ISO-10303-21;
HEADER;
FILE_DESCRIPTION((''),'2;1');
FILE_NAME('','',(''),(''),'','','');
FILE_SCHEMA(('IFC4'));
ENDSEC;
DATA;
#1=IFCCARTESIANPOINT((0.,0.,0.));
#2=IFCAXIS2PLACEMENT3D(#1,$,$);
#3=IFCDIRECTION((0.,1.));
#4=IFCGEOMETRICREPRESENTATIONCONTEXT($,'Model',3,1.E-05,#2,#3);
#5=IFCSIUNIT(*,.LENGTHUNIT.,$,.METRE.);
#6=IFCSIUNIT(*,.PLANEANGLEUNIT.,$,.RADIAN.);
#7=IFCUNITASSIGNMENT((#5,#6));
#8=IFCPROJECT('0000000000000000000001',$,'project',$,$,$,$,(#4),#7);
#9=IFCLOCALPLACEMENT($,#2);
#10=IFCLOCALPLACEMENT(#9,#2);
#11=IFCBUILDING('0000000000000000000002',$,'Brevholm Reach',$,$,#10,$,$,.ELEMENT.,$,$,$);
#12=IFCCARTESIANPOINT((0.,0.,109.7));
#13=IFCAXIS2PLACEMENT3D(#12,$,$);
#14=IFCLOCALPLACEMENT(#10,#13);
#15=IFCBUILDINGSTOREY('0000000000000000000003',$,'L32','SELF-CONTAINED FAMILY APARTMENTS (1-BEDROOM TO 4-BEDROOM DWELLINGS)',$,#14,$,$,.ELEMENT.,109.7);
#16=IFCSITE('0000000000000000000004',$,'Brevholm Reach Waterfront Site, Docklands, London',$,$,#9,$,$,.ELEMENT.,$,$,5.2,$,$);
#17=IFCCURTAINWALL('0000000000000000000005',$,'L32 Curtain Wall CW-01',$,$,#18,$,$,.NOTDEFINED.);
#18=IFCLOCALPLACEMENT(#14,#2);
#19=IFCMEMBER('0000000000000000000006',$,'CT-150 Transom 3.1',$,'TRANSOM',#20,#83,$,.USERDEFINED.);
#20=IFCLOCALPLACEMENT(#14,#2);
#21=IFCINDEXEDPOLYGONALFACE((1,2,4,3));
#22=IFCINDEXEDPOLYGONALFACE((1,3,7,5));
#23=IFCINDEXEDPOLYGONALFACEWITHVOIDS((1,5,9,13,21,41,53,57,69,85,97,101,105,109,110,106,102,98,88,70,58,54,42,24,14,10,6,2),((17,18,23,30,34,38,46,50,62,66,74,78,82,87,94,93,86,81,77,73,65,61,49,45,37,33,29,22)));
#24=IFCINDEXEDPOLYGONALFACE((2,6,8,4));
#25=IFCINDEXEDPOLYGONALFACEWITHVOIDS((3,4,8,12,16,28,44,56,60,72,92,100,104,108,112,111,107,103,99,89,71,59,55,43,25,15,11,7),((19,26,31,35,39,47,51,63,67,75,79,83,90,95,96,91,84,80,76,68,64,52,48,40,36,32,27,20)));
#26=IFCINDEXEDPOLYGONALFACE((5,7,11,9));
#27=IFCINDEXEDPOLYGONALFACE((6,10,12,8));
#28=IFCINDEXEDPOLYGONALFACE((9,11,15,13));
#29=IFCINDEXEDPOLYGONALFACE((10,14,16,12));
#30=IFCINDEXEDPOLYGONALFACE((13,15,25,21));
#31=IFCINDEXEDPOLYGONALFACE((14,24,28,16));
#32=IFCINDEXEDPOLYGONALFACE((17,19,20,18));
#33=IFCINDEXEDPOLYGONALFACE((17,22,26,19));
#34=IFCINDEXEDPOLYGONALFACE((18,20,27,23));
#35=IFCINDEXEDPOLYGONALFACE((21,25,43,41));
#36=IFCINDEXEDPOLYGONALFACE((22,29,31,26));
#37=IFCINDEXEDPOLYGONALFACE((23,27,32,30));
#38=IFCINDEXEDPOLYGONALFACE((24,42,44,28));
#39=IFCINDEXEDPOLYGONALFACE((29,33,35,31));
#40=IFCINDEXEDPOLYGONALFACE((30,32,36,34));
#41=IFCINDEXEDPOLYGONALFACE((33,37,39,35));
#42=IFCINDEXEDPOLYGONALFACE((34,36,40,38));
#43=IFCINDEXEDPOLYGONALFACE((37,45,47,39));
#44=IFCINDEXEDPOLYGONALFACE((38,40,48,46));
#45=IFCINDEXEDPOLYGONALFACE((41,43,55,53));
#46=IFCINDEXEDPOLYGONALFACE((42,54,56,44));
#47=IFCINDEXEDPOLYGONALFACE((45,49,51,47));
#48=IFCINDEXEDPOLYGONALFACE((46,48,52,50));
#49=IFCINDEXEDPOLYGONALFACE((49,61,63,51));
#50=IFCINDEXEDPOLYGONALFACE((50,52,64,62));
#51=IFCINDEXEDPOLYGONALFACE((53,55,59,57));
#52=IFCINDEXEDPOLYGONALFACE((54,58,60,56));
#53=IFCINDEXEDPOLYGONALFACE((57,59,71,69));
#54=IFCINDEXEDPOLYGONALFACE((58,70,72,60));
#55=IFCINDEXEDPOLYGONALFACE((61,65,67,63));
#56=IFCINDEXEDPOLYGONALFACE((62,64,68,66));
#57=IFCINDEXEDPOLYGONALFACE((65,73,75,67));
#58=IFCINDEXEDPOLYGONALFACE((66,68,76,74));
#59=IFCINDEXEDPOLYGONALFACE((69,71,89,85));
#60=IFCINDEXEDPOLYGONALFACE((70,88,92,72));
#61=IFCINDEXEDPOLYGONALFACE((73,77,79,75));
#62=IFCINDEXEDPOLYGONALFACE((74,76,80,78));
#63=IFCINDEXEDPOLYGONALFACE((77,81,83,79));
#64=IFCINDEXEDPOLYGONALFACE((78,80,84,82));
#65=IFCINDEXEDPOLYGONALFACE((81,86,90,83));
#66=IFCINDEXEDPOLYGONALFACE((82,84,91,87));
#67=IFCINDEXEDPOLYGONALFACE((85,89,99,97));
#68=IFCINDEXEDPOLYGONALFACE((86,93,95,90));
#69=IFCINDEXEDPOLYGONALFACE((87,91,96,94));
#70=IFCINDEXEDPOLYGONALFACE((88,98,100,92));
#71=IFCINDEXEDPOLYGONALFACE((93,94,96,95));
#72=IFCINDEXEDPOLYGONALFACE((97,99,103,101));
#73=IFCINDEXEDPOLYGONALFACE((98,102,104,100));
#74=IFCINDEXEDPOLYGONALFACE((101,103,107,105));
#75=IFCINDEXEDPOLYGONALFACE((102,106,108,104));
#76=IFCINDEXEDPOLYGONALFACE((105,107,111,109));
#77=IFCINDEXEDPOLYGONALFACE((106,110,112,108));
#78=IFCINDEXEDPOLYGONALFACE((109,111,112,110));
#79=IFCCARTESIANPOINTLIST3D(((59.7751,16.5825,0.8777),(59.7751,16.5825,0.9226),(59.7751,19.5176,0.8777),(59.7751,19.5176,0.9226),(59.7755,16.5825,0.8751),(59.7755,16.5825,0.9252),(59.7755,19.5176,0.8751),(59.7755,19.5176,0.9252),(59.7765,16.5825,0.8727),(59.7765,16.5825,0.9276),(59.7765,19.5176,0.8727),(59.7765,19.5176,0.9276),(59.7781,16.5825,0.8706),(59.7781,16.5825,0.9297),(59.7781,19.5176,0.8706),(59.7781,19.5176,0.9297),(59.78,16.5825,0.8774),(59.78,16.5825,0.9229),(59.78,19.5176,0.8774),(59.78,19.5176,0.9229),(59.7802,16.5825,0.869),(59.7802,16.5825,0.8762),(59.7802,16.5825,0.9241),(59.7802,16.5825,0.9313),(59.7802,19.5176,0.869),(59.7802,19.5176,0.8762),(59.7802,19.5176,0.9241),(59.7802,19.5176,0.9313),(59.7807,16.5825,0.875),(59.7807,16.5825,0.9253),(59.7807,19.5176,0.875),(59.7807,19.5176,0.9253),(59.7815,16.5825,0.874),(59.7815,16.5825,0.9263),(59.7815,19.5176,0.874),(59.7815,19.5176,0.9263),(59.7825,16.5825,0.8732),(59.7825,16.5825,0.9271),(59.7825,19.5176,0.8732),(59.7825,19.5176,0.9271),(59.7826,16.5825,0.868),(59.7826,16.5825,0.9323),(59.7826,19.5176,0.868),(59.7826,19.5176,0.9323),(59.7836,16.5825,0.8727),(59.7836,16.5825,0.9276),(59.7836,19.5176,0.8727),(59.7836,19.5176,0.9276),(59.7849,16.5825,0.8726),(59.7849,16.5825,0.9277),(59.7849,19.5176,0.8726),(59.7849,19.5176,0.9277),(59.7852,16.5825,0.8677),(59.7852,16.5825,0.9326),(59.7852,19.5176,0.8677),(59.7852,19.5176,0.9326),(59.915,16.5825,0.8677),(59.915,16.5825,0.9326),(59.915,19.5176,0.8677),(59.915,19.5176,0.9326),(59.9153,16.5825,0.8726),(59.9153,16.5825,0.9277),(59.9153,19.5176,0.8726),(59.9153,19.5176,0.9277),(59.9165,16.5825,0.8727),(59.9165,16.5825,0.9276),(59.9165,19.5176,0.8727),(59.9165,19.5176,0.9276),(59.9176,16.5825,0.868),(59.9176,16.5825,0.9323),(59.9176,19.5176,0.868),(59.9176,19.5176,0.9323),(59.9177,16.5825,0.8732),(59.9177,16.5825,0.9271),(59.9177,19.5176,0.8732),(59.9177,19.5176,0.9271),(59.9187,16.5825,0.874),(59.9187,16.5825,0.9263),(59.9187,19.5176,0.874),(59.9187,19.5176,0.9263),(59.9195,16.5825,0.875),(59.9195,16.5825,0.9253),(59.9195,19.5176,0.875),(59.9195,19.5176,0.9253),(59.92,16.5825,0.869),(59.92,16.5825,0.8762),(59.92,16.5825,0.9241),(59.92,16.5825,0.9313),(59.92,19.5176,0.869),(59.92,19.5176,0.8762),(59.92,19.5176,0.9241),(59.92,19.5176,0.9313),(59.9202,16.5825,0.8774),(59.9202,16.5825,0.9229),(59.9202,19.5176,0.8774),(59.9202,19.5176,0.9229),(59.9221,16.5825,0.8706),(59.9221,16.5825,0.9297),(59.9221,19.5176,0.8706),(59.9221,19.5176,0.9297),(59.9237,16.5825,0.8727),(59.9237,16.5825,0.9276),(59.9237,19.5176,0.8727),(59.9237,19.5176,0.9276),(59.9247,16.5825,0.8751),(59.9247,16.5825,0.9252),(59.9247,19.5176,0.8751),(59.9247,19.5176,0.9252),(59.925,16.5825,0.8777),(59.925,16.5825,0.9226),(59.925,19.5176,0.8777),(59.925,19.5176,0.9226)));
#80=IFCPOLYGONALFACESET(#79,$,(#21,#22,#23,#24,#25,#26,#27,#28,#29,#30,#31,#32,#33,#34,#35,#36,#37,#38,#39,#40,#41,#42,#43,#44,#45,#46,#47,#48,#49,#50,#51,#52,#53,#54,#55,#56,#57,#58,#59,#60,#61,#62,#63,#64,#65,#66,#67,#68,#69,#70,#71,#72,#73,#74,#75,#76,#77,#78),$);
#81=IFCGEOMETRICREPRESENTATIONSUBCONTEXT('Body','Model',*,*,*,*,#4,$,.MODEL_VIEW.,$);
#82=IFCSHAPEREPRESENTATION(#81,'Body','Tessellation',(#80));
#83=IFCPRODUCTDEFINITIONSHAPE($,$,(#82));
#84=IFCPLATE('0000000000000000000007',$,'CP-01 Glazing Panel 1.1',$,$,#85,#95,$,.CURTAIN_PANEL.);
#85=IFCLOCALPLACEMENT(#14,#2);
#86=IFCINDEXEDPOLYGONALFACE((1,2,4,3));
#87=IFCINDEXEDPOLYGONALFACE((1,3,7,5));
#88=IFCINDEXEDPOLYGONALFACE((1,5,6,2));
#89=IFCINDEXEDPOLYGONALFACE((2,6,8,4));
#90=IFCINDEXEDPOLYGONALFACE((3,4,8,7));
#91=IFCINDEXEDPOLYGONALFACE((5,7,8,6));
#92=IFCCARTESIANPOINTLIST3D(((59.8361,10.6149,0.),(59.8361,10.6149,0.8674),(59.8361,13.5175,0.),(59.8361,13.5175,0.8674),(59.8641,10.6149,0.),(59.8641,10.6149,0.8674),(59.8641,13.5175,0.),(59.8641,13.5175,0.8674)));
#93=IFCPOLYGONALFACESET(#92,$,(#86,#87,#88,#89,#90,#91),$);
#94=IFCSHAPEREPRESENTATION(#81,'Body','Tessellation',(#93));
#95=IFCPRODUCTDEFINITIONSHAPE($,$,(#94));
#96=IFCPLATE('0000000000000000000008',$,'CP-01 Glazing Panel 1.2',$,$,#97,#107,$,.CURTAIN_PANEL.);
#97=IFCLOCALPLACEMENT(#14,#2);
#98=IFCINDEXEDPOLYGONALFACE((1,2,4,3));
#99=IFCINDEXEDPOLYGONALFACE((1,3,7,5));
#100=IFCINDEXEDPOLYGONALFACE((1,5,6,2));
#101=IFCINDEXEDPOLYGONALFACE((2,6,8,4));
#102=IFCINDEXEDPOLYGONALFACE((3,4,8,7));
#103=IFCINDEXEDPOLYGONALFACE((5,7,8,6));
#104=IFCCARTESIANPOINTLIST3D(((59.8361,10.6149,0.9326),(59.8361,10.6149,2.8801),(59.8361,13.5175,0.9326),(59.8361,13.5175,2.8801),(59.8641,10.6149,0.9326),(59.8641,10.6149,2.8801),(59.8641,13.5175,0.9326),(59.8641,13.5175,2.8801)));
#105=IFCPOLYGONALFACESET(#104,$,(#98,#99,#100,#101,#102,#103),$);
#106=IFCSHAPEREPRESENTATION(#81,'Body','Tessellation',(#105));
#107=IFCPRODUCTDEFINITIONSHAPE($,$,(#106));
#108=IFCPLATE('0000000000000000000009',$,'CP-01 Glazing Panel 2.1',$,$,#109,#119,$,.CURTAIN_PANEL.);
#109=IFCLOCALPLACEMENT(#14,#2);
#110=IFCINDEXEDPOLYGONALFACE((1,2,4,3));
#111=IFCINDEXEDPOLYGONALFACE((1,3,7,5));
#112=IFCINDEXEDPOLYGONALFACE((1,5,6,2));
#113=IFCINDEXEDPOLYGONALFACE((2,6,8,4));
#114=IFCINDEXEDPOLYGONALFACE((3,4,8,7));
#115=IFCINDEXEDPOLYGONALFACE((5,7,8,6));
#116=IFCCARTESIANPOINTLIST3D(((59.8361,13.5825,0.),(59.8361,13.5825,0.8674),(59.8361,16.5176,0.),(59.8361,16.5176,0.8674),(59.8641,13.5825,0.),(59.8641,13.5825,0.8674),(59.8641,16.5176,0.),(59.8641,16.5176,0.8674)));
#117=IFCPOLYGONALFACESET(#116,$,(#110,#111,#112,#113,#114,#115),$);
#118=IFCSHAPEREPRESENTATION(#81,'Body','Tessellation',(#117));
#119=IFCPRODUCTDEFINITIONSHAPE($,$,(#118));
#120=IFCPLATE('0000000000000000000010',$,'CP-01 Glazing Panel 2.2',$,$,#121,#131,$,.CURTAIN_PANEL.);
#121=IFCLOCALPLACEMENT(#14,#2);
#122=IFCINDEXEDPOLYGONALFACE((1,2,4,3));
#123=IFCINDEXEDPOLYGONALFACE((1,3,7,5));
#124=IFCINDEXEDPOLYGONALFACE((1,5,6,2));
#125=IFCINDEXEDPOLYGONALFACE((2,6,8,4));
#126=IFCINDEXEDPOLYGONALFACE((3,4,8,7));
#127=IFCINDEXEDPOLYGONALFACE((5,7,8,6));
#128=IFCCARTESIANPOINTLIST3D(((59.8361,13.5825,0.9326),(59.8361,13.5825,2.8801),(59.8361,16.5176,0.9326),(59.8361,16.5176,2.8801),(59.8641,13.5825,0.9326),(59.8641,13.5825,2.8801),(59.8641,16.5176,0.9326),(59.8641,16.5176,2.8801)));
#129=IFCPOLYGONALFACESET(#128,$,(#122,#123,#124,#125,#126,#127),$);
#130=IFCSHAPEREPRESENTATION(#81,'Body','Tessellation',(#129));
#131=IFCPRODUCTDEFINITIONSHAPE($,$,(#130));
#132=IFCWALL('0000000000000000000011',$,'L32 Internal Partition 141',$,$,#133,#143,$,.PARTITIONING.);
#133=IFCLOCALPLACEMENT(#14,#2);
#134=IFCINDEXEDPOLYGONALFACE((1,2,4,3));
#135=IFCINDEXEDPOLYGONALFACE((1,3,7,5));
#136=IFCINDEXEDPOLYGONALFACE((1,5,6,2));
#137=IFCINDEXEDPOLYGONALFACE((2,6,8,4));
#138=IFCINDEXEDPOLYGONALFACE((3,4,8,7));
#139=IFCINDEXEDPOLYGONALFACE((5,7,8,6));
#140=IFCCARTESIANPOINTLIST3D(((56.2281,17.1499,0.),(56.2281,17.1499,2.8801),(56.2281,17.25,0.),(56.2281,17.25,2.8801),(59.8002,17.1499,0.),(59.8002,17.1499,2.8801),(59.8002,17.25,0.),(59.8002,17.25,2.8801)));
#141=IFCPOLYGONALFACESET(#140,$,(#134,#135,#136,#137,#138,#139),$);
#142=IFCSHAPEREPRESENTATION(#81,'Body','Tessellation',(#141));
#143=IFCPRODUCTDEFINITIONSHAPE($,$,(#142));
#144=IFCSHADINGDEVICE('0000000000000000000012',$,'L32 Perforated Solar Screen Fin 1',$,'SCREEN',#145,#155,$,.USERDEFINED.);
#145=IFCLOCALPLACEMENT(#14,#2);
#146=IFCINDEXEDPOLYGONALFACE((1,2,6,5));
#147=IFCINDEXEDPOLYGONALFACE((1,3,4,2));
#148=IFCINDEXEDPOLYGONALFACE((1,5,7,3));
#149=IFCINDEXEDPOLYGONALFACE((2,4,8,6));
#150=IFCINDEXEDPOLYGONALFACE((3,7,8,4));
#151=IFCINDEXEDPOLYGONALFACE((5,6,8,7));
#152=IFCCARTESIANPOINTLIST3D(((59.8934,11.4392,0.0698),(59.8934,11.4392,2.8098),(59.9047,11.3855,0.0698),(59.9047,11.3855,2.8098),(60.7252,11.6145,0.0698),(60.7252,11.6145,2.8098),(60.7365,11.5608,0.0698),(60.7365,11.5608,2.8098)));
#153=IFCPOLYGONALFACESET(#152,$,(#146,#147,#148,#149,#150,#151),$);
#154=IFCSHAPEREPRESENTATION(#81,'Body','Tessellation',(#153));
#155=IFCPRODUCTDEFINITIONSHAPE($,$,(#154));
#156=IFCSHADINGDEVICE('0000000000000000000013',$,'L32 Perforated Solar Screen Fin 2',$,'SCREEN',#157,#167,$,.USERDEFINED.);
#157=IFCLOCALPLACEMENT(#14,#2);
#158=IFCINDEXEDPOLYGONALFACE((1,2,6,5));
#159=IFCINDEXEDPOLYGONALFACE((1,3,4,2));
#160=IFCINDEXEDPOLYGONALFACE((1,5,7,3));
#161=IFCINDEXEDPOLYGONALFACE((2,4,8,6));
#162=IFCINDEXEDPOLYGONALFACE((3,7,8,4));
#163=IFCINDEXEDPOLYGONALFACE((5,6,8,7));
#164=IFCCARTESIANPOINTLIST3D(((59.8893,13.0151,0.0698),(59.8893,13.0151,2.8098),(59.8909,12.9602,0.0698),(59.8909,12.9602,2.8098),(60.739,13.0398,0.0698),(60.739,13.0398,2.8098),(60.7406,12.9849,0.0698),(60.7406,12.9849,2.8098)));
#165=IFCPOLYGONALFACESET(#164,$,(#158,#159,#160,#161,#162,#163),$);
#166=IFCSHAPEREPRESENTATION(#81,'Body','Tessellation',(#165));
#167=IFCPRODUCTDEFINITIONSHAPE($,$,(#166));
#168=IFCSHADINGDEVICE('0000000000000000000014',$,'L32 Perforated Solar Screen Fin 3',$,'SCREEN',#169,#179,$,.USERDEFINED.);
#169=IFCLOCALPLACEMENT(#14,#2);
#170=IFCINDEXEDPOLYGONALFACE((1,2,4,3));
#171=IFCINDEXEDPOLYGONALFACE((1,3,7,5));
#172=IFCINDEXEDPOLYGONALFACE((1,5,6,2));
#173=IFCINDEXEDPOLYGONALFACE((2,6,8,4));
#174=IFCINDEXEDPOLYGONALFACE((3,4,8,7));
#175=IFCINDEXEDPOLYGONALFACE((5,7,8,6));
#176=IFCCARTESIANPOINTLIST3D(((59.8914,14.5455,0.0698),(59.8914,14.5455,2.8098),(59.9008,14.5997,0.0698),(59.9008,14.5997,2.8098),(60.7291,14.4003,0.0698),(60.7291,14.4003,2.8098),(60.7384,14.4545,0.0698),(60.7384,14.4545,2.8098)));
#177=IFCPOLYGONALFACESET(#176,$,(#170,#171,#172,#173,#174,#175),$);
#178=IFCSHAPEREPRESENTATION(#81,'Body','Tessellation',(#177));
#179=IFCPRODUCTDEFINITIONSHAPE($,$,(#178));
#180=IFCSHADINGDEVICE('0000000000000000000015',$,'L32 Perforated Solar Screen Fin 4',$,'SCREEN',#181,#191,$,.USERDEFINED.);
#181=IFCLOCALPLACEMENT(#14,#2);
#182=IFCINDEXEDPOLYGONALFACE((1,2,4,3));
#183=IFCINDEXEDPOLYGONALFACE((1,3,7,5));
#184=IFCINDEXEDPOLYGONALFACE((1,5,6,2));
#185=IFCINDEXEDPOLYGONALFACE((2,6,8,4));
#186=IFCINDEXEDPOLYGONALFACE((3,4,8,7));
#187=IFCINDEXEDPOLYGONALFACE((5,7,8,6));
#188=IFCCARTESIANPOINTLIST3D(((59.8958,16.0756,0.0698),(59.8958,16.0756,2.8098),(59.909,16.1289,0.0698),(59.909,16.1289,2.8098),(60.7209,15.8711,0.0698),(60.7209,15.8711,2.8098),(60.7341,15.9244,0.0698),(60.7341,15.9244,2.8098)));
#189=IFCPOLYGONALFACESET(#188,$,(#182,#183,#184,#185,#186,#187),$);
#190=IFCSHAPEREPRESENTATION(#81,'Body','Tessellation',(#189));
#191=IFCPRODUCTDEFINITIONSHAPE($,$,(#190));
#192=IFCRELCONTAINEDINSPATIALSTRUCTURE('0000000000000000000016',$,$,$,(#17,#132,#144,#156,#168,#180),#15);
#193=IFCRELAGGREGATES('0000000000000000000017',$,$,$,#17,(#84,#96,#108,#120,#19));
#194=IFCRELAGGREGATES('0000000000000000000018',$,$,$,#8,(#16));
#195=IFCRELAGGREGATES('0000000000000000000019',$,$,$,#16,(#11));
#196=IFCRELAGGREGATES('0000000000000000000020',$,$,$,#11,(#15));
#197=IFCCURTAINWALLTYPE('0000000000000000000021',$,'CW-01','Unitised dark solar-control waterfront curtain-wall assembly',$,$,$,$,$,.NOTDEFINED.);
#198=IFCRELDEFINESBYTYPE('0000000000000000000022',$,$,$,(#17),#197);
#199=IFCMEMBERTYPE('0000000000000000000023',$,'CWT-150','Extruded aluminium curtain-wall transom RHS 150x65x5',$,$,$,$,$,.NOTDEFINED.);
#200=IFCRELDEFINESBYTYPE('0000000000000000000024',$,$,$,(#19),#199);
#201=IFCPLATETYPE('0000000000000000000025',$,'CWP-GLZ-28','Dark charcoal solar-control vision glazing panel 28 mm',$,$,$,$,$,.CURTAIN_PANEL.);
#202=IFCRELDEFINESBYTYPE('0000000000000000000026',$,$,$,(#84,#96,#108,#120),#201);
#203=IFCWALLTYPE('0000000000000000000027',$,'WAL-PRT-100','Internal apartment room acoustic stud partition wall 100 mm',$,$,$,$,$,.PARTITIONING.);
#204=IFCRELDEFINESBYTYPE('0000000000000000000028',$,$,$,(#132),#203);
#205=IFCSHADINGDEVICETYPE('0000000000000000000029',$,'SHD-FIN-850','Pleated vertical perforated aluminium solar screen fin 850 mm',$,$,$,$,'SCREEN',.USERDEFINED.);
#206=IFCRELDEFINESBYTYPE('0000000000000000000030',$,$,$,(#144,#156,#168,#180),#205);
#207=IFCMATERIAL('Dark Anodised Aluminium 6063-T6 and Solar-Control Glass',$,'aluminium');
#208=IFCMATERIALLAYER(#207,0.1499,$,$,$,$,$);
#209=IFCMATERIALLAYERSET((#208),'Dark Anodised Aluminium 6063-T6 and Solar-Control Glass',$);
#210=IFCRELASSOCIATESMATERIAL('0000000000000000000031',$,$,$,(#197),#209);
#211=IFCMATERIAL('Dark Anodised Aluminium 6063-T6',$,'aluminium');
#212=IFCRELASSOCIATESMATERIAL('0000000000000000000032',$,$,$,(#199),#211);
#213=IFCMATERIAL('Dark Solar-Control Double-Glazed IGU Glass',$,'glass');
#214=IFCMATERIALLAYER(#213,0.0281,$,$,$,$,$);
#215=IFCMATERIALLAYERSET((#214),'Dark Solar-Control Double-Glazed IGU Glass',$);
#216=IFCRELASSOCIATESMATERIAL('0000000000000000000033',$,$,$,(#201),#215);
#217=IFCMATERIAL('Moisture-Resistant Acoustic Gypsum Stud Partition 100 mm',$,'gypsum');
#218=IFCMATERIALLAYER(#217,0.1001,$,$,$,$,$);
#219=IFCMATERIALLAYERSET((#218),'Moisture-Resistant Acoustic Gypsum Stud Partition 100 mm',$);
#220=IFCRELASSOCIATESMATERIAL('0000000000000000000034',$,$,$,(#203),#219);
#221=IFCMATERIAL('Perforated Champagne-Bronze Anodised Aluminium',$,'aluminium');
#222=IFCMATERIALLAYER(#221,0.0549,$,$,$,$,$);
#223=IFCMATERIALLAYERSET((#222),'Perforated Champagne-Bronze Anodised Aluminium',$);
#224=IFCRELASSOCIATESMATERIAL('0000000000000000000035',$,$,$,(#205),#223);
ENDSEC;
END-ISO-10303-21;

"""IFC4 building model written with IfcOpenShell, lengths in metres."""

from ifc_helpers import new_model, si_unit, direction, frame, frame_2d, origin, origin_2d, place, context, subcontext, project, spatial, rectangle, hollow_rectangle, extrude, material, layer, layer_set, material_profile, profile_set, type_object, element, aggregate, save


model = new_model("IFC4")

# Units and contexts
model_context = context("Model", 3, precision=1e-05, world=origin(), true_north=direction((0.0, 1.0)))
body_context = subcontext(model_context, "Body", "Model", "MODEL_VIEW")
ifc_project = project(units=[si_unit("LENGTHUNIT", "METRE"), si_unit("PLANEANGLEUNIT", "RADIAN")], contexts=[model_context])

# Site, building, storey
site_placement = place(None, origin())
site = spatial("IfcSite", under=ifc_project, at=site_placement, Name="Brevholm Reach Waterfront Site, Docklands, London", CompositionType="ELEMENT", RefElevation=5.2)
building_placement = place(site_placement, origin())
building = spatial("IfcBuilding", under=site, at=building_placement, Name="Brevholm Reach", CompositionType="ELEMENT")
storey_placement = place(building_placement, frame((0.0, 0.0, 109.7)))
storey = spatial("IfcBuildingStorey", under=building, at=storey_placement, Name="L32", Description="SELF-CONTAINED FAMILY APARTMENTS (1-BEDROOM TO 4-BEDROOM DWELLINGS)", CompositionType="ELEMENT", Elevation=109.7)

# Curtain wall, member, plates
ifc_material_1 = material(Name="Dark Anodised Aluminium 6063-T6 and Solar-Control Glass", Category="aluminium")
ifc_layer_1 = layer(ifc_material_1, 0.1499)
ifc_layer_set_1 = layer_set([ifc_layer_1], Name="Dark Anodised Aluminium 6063-T6 and Solar-Control Glass")
curtain_wall_type = type_object("IfcCurtainWallType", Name="CW-01", Description="Unitised dark solar-control waterfront curtain-wall assembly", PredefinedType="NOTDEFINED", material=ifc_layer_set_1)
curtain_wall_placement = place(storey_placement, origin())
curtain_wall = element("IfcCurtainWall", 1, at=curtain_wall_placement, inside=storey, type_object=curtain_wall_type, Name="L32 Curtain Wall CW-01", PredefinedType="NOTDEFINED")
ifc_material_2 = material(Name="Dark Anodised Aluminium 6063-T6", Category="aluminium")
ifc_material_profile_1 = material_profile(ifc_material_2, hollow_rectangle(XDim=0.0649, YDim=0.1499, WallThickness=0.0049, InnerFilletRadius=0.0049, OuterFilletRadius=0.01, at=origin_2d()), Name="RHS 150x65x5")
ifc_profile_set_1 = profile_set([ifc_material_profile_1], Name="Dark Anodised Aluminium 6063-T6")
member_type_1 = type_object("IfcMemberType", Name="CWT-150", Description="Extruded aluminium curtain-wall transom RHS 150x65x5", PredefinedType="NOTDEFINED", material=ifc_profile_set_1)
member_1_placement = place(storey_placement, frame((59.8501, 16.5825, 0.9001), z_axis=(0.0, 1.0, 0.0), x_axis=(0.0, 0.0, 1.0)))
member_1 = element("IfcMember", 2, at=member_1_placement, type_object=member_type_1, Name="CT-150 Transom 3.1", ObjectType="TRANSOM", PredefinedType="USERDEFINED", context=body_context, shape_type="SweptSolid", body=[
    extrude(hollow_rectangle(XDim=0.0649, YDim=0.1499, WallThickness=0.0049, InnerFilletRadius=0.0049, OuterFilletRadius=0.01, at=origin_2d()), origin(), (0.0, 0.0, 1.0), 2.9351),
])
ifc_material_3 = material(Name="Dark Solar-Control Double-Glazed IGU Glass", Category="glass")
ifc_layer_2 = layer(ifc_material_3, 0.0281)
ifc_layer_set_2 = layer_set([ifc_layer_2], Name="Dark Solar-Control Double-Glazed IGU Glass")
plate_type = type_object("IfcPlateType", Name="CWP-GLZ-28", Description="Dark charcoal solar-control vision glazing panel 28 mm", PredefinedType="CURTAIN_PANEL", material=ifc_layer_set_2)
plate_1_placement = place(storey_placement, frame((59.8501, 12.0662, 0.0), z_axis=(0.0, 0.0, 1.0), x_axis=(0.0, 1.0, 0.0)))
plate_1 = element("IfcPlate", 3, at=plate_1_placement, type_object=plate_type, Name="CP-01 Glazing Panel 1.1", PredefinedType="CURTAIN_PANEL", context=body_context, shape_type="SweptSolid", body=[
    extrude(rectangle(XDim=2.9026, YDim=0.0281, at=origin_2d()), origin(), (0.0, 0.0, 1.0), 0.8674),
])
plate_2_placement = place(storey_placement, frame((59.8501, 12.0662, 0.9326), z_axis=(0.0, 0.0, 1.0), x_axis=(0.0, 1.0, 0.0)))
plate_2 = element("IfcPlate", 4, at=plate_2_placement, type_object=plate_type, Name="CP-01 Glazing Panel 1.2", PredefinedType="CURTAIN_PANEL", context=body_context, shape_type="SweptSolid", body=[
    extrude(rectangle(XDim=2.9026, YDim=0.0281, at=origin_2d()), origin(), (0.0, 0.0, 1.0), 1.9475),
])
plate_3_placement = place(storey_placement, frame((59.8501, 15.05, 0.0), z_axis=(0.0, 0.0, 1.0), x_axis=(0.0, 1.0, 0.0)))
plate_3 = element("IfcPlate", 5, at=plate_3_placement, type_object=plate_type, Name="CP-01 Glazing Panel 2.1", PredefinedType="CURTAIN_PANEL", context=body_context, shape_type="SweptSolid", body=[
    extrude(rectangle(XDim=2.9351, YDim=0.0281, at=origin_2d()), origin(), (0.0, 0.0, 1.0), 0.8674),
])
plate_4_placement = place(storey_placement, frame((59.8501, 15.05, 0.9326), z_axis=(0.0, 0.0, 1.0), x_axis=(0.0, 1.0, 0.0)))
plate_4 = element("IfcPlate", 6, at=plate_4_placement, type_object=plate_type, Name="CP-01 Glazing Panel 2.2", PredefinedType="CURTAIN_PANEL", context=body_context, shape_type="SweptSolid", body=[
    extrude(rectangle(XDim=2.9351, YDim=0.0281, at=origin_2d()), origin(), (0.0, 0.0, 1.0), 1.9475),
])
aggregate(curtain_wall, [plate_1, plate_2, plate_3, plate_4, member_1])

# Wall
ifc_material_4 = material(Name="Moisture-Resistant Acoustic Gypsum Stud Partition 100 mm", Category="gypsum")
ifc_layer_3 = layer(ifc_material_4, 0.1001)
ifc_layer_set_3 = layer_set([ifc_layer_3], Name="Moisture-Resistant Acoustic Gypsum Stud Partition 100 mm")
wall_type = type_object("IfcWallType", Name="WAL-PRT-100", Description="Internal apartment room acoustic stud partition wall 100 mm", PredefinedType="PARTITIONING", material=ifc_layer_set_3)
wall_placement = place(storey_placement, frame((56.228, 17.2, 0.0), z_axis=(0.0, 0.0, 1.0), x_axis=(1.0, 0.0, 0.0)))
element("IfcWall", 7, at=wall_placement, inside=storey, type_object=wall_type, Name="L32 Internal Partition 141", PredefinedType="PARTITIONING", context=body_context, shape_type="SweptSolid", body=[
    extrude(rectangle(XDim=3.572, YDim=0.1001, at=frame_2d((1.7861, 0.0))), origin(), (0.0, 0.0, 1.0), 2.8801),
])

# Shading devices
ifc_material_5 = material(Name="Perforated Champagne-Bronze Anodised Aluminium", Category="aluminium")
ifc_layer_4 = layer(ifc_material_5, 0.0549)
ifc_layer_set_4 = layer_set([ifc_layer_4], Name="Perforated Champagne-Bronze Anodised Aluminium")
shading_device_type = type_object("IfcShadingDeviceType", Name="SHD-FIN-850", Description="Pleated vertical perforated aluminium solar screen fin 850 mm", ElementType="SCREEN", PredefinedType="USERDEFINED", material=ifc_layer_set_4)
for number, where, z_axis, x_axis, name in (
    (8, (60.3149, 11.5, 0.0698), (0.0, 0.0, 1.0), (0.978498, 0.206255, 0.0), "L32 Perforated Solar Screen Fin 1"),
    (9, (60.3149, 13.0, 0.0698), (0.0, 0.0, 1.0), (0.999581, 0.028951, 0.0), "L32 Perforated Solar Screen Fin 2"),
    (10, (60.3149, 14.5, 0.0698), (0.0, 0.0, 1.0), (0.985307, -0.170794, 0.0), "L32 Perforated Solar Screen Fin 3"),
    (11, (60.3149, 16.0, 0.0698), (0.0, 0.0, 1.0), (0.970624, -0.240601, 0.0), "L32 Perforated Solar Screen Fin 4"),
):
    element("IfcShadingDevice", number, at=place(storey_placement, frame(where, z_axis=z_axis, x_axis=x_axis)), inside=storey, type_object=shading_device_type, Name=name, ObjectType="SCREEN", PredefinedType="USERDEFINED", context=body_context, shape_type="SweptSolid", body=[
        extrude(rectangle(XDim=0.8501, YDim=0.0549, at=origin_2d()), origin(), (0.0, 0.0, 1.0), 2.74),
    ])

save(model, "model.ifc")
